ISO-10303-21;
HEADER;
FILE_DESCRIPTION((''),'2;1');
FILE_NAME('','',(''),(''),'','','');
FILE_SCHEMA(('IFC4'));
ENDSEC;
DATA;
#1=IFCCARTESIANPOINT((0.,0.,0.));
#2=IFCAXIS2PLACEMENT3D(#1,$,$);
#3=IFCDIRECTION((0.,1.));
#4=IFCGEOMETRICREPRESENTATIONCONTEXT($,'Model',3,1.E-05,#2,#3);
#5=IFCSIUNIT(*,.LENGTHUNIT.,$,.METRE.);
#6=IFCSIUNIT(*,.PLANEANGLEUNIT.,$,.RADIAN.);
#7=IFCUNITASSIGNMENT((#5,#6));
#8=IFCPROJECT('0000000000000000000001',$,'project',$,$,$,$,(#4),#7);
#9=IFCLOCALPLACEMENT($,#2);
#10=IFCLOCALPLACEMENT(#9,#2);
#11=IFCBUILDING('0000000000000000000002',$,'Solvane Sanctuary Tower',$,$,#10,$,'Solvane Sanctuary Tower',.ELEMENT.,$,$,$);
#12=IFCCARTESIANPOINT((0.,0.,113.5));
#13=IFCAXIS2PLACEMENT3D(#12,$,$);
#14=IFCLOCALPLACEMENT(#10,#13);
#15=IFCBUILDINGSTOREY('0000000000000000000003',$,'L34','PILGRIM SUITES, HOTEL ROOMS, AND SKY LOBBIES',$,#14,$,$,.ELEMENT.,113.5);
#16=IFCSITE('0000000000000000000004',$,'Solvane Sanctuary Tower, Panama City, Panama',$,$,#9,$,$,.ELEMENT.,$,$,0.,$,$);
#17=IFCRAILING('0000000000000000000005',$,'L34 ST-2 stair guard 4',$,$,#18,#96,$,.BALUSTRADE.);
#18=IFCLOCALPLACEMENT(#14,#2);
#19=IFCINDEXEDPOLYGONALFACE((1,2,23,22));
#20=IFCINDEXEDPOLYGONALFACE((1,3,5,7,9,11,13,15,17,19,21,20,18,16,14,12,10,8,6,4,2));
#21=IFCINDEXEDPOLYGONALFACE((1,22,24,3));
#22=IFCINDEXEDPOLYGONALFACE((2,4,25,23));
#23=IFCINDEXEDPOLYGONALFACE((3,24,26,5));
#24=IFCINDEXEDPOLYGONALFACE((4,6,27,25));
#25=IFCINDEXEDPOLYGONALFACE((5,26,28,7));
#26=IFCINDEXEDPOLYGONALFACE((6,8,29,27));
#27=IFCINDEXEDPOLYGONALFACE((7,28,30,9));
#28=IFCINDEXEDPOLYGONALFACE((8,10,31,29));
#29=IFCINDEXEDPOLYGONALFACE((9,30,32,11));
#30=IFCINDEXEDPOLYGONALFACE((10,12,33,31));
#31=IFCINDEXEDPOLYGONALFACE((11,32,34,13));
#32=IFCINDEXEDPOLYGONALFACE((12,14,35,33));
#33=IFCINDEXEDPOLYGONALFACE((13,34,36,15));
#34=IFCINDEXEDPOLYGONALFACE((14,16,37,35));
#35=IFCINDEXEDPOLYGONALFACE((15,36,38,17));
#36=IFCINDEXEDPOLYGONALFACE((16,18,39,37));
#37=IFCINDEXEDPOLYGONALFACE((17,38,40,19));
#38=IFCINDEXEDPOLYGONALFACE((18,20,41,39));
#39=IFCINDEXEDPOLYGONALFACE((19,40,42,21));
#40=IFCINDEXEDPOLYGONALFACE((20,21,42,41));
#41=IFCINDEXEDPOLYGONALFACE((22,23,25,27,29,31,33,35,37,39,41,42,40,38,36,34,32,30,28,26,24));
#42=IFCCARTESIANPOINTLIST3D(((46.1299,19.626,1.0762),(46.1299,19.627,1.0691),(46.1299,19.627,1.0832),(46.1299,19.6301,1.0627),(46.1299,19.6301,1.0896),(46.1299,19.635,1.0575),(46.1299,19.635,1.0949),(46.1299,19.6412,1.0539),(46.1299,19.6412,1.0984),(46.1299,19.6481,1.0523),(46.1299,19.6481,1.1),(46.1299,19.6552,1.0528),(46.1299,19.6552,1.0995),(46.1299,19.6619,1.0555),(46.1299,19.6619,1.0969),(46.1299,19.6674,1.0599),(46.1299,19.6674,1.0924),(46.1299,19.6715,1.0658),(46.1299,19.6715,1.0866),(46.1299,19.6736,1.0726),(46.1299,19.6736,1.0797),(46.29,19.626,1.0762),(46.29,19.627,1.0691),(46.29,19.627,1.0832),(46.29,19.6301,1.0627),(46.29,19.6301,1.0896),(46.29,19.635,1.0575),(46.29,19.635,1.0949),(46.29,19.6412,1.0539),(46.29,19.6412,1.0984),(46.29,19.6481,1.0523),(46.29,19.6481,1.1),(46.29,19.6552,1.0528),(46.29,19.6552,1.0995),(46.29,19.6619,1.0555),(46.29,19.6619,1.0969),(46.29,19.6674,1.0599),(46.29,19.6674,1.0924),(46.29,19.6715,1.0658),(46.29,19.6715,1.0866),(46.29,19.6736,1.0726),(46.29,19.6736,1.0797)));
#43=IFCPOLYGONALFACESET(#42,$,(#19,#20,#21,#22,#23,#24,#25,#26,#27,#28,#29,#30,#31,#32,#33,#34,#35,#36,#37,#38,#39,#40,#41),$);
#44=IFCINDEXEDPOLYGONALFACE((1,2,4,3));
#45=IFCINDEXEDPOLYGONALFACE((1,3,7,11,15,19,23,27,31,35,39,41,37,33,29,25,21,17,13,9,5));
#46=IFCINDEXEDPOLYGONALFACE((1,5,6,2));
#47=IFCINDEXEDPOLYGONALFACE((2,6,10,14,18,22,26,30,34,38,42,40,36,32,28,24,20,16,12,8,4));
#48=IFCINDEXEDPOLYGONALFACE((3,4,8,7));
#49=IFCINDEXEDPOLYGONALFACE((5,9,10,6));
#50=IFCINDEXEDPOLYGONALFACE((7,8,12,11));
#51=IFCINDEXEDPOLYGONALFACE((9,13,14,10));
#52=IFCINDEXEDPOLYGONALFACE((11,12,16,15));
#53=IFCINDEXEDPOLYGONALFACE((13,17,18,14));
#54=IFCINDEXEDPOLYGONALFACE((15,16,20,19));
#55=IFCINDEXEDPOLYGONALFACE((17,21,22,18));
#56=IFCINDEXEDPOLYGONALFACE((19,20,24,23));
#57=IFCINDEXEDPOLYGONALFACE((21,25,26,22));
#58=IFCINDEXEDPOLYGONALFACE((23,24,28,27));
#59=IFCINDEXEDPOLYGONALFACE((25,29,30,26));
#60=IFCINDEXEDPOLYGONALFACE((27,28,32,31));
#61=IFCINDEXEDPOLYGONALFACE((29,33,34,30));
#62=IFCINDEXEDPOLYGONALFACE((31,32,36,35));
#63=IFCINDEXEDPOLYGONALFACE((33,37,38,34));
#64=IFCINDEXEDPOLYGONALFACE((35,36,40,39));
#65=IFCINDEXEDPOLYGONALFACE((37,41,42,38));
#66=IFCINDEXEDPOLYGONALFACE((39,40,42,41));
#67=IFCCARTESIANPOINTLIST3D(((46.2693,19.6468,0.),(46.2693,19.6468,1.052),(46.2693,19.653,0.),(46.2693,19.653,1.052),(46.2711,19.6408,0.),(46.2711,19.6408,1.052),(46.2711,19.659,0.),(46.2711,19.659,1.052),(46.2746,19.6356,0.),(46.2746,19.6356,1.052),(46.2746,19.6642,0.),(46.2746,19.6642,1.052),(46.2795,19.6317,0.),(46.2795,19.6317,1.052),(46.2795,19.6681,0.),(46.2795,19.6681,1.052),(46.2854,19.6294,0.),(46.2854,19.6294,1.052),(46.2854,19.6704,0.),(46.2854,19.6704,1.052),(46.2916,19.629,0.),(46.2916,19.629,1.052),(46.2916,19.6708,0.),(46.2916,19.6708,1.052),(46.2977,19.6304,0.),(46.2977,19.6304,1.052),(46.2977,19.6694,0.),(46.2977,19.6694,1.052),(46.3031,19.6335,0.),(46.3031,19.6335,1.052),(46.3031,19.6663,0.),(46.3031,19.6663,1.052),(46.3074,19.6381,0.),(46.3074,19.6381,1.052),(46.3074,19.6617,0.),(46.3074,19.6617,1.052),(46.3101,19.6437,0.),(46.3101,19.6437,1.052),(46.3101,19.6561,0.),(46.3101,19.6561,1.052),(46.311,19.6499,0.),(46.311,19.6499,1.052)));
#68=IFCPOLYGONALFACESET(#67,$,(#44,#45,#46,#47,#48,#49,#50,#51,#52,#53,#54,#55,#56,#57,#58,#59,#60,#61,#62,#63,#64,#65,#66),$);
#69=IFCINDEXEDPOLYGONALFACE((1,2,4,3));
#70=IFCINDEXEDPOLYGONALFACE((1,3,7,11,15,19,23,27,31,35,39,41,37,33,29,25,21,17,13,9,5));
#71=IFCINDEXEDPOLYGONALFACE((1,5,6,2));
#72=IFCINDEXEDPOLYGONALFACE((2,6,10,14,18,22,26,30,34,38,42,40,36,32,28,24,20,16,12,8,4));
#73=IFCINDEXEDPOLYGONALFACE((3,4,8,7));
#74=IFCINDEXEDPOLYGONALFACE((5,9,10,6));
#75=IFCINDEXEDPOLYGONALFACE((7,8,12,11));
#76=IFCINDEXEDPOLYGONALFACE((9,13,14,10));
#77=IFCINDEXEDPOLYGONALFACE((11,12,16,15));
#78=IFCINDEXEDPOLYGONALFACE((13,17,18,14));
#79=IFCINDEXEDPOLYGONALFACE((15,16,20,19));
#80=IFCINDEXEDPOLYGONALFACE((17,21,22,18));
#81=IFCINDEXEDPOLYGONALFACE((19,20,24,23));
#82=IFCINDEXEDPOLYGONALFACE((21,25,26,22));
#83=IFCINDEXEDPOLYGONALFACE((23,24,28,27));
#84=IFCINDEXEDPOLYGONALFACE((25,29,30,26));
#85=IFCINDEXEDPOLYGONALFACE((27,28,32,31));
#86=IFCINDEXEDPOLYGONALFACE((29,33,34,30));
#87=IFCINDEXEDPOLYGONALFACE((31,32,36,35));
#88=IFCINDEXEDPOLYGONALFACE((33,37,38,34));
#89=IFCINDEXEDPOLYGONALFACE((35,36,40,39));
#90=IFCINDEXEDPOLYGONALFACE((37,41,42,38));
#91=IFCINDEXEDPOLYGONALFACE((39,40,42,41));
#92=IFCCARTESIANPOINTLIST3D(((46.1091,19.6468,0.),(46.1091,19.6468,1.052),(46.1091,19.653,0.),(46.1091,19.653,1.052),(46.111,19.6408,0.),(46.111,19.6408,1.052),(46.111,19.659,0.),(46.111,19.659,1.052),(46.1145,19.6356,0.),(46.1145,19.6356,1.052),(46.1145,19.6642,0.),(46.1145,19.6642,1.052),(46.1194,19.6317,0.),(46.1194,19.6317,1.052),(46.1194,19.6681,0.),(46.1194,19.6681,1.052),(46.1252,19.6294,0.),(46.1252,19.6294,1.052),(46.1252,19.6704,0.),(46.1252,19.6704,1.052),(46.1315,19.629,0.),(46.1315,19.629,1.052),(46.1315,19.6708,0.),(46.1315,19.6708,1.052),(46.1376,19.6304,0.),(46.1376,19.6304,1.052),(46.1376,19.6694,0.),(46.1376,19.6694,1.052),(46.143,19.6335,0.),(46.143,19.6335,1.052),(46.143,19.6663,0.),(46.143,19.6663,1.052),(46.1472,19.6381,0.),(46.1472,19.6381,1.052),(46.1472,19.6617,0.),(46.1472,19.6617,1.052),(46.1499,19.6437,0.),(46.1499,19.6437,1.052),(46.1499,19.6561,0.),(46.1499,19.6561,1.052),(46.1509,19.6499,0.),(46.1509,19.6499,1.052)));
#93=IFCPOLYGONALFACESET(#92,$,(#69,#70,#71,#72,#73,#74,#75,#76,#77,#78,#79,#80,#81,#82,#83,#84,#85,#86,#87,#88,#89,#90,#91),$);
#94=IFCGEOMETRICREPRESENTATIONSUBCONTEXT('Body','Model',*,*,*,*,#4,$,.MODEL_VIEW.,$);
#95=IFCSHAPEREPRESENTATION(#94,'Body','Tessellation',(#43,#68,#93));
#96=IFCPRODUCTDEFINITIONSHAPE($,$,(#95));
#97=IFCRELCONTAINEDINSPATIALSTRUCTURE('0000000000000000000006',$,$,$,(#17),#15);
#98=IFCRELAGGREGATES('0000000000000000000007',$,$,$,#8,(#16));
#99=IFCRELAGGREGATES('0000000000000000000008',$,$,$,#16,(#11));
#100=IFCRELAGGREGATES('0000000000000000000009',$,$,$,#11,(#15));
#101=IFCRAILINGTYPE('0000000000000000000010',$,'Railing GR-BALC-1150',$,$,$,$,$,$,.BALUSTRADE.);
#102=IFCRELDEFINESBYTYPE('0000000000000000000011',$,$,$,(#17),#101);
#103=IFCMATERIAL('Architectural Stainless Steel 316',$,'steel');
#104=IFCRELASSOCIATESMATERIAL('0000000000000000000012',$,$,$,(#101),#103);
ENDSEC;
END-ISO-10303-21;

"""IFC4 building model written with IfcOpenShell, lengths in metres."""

from ifc_helpers import new_model, si_unit, direction, frame, origin, origin_2d, place, context, subcontext, project, spatial, circle, extrude, material, type_object, element, save


model = new_model("IFC4")

# Units and contexts
model_context = context("Model", 3, precision=1e-05, world=origin(), true_north=direction((0.0, 1.0)))
body_context = subcontext(model_context, "Body", "Model", "MODEL_VIEW")
ifc_project = project(units=[si_unit("LENGTHUNIT", "METRE"), si_unit("PLANEANGLEUNIT", "RADIAN")], contexts=[model_context])

# Site, building, storey
site_placement = place(None, origin())
site = spatial("IfcSite", under=ifc_project, at=site_placement, Name="Solvane Sanctuary Tower, Panama City, Panama", CompositionType="ELEMENT", RefElevation=0.0)
building_placement = place(site_placement, origin())
building = spatial("IfcBuilding", under=site, at=building_placement, Name="Solvane Sanctuary Tower", LongName="Solvane Sanctuary Tower", CompositionType="ELEMENT")
storey_placement = place(building_placement, frame((0.0, 0.0, 113.5)))
storey = spatial("IfcBuildingStorey", under=building, at=storey_placement, Name="L34", Description="PILGRIM SUITES, HOTEL ROOMS, AND SKY LOBBIES", CompositionType="ELEMENT", Elevation=113.5)

# Railing
ifc_material_1 = material(Name="Architectural Stainless Steel 316", Category="steel")
railing_type_1 = type_object("IfcRailingType", Name="Railing GR-BALC-1150", PredefinedType="BALUSTRADE", material=ifc_material_1)
railing_1_placement = place(storey_placement, frame((46.29, 19.6499, 0.0)))
element("IfcRailing", 1, at=railing_1_placement, inside=storey, type_object=railing_type_1, Name="L34 ST-2 stair guard 4", PredefinedType="BALUSTRADE", context=body_context, shape_type="SweptSolid", body=[
    extrude(circle(Radius=0.0239, at=origin_2d()), frame((0.0, 0.0, 1.0762), z_axis=(-1.0, 0.0, 0.0), x_axis=(0.0, -1.0, 0.0)), (0.0, 0.0, 1.0), 0.1602),
    extrude(circle(Radius=0.021, at=origin_2d()), origin(), (0.0, 0.0, 1.0), 1.052),
    extrude(circle(Radius=0.021, at=origin_2d()), frame((-0.1602, 0.0, 0.0)), (0.0, 0.0, 1.0), 1.052),
])

save(model, "model.ifc")
